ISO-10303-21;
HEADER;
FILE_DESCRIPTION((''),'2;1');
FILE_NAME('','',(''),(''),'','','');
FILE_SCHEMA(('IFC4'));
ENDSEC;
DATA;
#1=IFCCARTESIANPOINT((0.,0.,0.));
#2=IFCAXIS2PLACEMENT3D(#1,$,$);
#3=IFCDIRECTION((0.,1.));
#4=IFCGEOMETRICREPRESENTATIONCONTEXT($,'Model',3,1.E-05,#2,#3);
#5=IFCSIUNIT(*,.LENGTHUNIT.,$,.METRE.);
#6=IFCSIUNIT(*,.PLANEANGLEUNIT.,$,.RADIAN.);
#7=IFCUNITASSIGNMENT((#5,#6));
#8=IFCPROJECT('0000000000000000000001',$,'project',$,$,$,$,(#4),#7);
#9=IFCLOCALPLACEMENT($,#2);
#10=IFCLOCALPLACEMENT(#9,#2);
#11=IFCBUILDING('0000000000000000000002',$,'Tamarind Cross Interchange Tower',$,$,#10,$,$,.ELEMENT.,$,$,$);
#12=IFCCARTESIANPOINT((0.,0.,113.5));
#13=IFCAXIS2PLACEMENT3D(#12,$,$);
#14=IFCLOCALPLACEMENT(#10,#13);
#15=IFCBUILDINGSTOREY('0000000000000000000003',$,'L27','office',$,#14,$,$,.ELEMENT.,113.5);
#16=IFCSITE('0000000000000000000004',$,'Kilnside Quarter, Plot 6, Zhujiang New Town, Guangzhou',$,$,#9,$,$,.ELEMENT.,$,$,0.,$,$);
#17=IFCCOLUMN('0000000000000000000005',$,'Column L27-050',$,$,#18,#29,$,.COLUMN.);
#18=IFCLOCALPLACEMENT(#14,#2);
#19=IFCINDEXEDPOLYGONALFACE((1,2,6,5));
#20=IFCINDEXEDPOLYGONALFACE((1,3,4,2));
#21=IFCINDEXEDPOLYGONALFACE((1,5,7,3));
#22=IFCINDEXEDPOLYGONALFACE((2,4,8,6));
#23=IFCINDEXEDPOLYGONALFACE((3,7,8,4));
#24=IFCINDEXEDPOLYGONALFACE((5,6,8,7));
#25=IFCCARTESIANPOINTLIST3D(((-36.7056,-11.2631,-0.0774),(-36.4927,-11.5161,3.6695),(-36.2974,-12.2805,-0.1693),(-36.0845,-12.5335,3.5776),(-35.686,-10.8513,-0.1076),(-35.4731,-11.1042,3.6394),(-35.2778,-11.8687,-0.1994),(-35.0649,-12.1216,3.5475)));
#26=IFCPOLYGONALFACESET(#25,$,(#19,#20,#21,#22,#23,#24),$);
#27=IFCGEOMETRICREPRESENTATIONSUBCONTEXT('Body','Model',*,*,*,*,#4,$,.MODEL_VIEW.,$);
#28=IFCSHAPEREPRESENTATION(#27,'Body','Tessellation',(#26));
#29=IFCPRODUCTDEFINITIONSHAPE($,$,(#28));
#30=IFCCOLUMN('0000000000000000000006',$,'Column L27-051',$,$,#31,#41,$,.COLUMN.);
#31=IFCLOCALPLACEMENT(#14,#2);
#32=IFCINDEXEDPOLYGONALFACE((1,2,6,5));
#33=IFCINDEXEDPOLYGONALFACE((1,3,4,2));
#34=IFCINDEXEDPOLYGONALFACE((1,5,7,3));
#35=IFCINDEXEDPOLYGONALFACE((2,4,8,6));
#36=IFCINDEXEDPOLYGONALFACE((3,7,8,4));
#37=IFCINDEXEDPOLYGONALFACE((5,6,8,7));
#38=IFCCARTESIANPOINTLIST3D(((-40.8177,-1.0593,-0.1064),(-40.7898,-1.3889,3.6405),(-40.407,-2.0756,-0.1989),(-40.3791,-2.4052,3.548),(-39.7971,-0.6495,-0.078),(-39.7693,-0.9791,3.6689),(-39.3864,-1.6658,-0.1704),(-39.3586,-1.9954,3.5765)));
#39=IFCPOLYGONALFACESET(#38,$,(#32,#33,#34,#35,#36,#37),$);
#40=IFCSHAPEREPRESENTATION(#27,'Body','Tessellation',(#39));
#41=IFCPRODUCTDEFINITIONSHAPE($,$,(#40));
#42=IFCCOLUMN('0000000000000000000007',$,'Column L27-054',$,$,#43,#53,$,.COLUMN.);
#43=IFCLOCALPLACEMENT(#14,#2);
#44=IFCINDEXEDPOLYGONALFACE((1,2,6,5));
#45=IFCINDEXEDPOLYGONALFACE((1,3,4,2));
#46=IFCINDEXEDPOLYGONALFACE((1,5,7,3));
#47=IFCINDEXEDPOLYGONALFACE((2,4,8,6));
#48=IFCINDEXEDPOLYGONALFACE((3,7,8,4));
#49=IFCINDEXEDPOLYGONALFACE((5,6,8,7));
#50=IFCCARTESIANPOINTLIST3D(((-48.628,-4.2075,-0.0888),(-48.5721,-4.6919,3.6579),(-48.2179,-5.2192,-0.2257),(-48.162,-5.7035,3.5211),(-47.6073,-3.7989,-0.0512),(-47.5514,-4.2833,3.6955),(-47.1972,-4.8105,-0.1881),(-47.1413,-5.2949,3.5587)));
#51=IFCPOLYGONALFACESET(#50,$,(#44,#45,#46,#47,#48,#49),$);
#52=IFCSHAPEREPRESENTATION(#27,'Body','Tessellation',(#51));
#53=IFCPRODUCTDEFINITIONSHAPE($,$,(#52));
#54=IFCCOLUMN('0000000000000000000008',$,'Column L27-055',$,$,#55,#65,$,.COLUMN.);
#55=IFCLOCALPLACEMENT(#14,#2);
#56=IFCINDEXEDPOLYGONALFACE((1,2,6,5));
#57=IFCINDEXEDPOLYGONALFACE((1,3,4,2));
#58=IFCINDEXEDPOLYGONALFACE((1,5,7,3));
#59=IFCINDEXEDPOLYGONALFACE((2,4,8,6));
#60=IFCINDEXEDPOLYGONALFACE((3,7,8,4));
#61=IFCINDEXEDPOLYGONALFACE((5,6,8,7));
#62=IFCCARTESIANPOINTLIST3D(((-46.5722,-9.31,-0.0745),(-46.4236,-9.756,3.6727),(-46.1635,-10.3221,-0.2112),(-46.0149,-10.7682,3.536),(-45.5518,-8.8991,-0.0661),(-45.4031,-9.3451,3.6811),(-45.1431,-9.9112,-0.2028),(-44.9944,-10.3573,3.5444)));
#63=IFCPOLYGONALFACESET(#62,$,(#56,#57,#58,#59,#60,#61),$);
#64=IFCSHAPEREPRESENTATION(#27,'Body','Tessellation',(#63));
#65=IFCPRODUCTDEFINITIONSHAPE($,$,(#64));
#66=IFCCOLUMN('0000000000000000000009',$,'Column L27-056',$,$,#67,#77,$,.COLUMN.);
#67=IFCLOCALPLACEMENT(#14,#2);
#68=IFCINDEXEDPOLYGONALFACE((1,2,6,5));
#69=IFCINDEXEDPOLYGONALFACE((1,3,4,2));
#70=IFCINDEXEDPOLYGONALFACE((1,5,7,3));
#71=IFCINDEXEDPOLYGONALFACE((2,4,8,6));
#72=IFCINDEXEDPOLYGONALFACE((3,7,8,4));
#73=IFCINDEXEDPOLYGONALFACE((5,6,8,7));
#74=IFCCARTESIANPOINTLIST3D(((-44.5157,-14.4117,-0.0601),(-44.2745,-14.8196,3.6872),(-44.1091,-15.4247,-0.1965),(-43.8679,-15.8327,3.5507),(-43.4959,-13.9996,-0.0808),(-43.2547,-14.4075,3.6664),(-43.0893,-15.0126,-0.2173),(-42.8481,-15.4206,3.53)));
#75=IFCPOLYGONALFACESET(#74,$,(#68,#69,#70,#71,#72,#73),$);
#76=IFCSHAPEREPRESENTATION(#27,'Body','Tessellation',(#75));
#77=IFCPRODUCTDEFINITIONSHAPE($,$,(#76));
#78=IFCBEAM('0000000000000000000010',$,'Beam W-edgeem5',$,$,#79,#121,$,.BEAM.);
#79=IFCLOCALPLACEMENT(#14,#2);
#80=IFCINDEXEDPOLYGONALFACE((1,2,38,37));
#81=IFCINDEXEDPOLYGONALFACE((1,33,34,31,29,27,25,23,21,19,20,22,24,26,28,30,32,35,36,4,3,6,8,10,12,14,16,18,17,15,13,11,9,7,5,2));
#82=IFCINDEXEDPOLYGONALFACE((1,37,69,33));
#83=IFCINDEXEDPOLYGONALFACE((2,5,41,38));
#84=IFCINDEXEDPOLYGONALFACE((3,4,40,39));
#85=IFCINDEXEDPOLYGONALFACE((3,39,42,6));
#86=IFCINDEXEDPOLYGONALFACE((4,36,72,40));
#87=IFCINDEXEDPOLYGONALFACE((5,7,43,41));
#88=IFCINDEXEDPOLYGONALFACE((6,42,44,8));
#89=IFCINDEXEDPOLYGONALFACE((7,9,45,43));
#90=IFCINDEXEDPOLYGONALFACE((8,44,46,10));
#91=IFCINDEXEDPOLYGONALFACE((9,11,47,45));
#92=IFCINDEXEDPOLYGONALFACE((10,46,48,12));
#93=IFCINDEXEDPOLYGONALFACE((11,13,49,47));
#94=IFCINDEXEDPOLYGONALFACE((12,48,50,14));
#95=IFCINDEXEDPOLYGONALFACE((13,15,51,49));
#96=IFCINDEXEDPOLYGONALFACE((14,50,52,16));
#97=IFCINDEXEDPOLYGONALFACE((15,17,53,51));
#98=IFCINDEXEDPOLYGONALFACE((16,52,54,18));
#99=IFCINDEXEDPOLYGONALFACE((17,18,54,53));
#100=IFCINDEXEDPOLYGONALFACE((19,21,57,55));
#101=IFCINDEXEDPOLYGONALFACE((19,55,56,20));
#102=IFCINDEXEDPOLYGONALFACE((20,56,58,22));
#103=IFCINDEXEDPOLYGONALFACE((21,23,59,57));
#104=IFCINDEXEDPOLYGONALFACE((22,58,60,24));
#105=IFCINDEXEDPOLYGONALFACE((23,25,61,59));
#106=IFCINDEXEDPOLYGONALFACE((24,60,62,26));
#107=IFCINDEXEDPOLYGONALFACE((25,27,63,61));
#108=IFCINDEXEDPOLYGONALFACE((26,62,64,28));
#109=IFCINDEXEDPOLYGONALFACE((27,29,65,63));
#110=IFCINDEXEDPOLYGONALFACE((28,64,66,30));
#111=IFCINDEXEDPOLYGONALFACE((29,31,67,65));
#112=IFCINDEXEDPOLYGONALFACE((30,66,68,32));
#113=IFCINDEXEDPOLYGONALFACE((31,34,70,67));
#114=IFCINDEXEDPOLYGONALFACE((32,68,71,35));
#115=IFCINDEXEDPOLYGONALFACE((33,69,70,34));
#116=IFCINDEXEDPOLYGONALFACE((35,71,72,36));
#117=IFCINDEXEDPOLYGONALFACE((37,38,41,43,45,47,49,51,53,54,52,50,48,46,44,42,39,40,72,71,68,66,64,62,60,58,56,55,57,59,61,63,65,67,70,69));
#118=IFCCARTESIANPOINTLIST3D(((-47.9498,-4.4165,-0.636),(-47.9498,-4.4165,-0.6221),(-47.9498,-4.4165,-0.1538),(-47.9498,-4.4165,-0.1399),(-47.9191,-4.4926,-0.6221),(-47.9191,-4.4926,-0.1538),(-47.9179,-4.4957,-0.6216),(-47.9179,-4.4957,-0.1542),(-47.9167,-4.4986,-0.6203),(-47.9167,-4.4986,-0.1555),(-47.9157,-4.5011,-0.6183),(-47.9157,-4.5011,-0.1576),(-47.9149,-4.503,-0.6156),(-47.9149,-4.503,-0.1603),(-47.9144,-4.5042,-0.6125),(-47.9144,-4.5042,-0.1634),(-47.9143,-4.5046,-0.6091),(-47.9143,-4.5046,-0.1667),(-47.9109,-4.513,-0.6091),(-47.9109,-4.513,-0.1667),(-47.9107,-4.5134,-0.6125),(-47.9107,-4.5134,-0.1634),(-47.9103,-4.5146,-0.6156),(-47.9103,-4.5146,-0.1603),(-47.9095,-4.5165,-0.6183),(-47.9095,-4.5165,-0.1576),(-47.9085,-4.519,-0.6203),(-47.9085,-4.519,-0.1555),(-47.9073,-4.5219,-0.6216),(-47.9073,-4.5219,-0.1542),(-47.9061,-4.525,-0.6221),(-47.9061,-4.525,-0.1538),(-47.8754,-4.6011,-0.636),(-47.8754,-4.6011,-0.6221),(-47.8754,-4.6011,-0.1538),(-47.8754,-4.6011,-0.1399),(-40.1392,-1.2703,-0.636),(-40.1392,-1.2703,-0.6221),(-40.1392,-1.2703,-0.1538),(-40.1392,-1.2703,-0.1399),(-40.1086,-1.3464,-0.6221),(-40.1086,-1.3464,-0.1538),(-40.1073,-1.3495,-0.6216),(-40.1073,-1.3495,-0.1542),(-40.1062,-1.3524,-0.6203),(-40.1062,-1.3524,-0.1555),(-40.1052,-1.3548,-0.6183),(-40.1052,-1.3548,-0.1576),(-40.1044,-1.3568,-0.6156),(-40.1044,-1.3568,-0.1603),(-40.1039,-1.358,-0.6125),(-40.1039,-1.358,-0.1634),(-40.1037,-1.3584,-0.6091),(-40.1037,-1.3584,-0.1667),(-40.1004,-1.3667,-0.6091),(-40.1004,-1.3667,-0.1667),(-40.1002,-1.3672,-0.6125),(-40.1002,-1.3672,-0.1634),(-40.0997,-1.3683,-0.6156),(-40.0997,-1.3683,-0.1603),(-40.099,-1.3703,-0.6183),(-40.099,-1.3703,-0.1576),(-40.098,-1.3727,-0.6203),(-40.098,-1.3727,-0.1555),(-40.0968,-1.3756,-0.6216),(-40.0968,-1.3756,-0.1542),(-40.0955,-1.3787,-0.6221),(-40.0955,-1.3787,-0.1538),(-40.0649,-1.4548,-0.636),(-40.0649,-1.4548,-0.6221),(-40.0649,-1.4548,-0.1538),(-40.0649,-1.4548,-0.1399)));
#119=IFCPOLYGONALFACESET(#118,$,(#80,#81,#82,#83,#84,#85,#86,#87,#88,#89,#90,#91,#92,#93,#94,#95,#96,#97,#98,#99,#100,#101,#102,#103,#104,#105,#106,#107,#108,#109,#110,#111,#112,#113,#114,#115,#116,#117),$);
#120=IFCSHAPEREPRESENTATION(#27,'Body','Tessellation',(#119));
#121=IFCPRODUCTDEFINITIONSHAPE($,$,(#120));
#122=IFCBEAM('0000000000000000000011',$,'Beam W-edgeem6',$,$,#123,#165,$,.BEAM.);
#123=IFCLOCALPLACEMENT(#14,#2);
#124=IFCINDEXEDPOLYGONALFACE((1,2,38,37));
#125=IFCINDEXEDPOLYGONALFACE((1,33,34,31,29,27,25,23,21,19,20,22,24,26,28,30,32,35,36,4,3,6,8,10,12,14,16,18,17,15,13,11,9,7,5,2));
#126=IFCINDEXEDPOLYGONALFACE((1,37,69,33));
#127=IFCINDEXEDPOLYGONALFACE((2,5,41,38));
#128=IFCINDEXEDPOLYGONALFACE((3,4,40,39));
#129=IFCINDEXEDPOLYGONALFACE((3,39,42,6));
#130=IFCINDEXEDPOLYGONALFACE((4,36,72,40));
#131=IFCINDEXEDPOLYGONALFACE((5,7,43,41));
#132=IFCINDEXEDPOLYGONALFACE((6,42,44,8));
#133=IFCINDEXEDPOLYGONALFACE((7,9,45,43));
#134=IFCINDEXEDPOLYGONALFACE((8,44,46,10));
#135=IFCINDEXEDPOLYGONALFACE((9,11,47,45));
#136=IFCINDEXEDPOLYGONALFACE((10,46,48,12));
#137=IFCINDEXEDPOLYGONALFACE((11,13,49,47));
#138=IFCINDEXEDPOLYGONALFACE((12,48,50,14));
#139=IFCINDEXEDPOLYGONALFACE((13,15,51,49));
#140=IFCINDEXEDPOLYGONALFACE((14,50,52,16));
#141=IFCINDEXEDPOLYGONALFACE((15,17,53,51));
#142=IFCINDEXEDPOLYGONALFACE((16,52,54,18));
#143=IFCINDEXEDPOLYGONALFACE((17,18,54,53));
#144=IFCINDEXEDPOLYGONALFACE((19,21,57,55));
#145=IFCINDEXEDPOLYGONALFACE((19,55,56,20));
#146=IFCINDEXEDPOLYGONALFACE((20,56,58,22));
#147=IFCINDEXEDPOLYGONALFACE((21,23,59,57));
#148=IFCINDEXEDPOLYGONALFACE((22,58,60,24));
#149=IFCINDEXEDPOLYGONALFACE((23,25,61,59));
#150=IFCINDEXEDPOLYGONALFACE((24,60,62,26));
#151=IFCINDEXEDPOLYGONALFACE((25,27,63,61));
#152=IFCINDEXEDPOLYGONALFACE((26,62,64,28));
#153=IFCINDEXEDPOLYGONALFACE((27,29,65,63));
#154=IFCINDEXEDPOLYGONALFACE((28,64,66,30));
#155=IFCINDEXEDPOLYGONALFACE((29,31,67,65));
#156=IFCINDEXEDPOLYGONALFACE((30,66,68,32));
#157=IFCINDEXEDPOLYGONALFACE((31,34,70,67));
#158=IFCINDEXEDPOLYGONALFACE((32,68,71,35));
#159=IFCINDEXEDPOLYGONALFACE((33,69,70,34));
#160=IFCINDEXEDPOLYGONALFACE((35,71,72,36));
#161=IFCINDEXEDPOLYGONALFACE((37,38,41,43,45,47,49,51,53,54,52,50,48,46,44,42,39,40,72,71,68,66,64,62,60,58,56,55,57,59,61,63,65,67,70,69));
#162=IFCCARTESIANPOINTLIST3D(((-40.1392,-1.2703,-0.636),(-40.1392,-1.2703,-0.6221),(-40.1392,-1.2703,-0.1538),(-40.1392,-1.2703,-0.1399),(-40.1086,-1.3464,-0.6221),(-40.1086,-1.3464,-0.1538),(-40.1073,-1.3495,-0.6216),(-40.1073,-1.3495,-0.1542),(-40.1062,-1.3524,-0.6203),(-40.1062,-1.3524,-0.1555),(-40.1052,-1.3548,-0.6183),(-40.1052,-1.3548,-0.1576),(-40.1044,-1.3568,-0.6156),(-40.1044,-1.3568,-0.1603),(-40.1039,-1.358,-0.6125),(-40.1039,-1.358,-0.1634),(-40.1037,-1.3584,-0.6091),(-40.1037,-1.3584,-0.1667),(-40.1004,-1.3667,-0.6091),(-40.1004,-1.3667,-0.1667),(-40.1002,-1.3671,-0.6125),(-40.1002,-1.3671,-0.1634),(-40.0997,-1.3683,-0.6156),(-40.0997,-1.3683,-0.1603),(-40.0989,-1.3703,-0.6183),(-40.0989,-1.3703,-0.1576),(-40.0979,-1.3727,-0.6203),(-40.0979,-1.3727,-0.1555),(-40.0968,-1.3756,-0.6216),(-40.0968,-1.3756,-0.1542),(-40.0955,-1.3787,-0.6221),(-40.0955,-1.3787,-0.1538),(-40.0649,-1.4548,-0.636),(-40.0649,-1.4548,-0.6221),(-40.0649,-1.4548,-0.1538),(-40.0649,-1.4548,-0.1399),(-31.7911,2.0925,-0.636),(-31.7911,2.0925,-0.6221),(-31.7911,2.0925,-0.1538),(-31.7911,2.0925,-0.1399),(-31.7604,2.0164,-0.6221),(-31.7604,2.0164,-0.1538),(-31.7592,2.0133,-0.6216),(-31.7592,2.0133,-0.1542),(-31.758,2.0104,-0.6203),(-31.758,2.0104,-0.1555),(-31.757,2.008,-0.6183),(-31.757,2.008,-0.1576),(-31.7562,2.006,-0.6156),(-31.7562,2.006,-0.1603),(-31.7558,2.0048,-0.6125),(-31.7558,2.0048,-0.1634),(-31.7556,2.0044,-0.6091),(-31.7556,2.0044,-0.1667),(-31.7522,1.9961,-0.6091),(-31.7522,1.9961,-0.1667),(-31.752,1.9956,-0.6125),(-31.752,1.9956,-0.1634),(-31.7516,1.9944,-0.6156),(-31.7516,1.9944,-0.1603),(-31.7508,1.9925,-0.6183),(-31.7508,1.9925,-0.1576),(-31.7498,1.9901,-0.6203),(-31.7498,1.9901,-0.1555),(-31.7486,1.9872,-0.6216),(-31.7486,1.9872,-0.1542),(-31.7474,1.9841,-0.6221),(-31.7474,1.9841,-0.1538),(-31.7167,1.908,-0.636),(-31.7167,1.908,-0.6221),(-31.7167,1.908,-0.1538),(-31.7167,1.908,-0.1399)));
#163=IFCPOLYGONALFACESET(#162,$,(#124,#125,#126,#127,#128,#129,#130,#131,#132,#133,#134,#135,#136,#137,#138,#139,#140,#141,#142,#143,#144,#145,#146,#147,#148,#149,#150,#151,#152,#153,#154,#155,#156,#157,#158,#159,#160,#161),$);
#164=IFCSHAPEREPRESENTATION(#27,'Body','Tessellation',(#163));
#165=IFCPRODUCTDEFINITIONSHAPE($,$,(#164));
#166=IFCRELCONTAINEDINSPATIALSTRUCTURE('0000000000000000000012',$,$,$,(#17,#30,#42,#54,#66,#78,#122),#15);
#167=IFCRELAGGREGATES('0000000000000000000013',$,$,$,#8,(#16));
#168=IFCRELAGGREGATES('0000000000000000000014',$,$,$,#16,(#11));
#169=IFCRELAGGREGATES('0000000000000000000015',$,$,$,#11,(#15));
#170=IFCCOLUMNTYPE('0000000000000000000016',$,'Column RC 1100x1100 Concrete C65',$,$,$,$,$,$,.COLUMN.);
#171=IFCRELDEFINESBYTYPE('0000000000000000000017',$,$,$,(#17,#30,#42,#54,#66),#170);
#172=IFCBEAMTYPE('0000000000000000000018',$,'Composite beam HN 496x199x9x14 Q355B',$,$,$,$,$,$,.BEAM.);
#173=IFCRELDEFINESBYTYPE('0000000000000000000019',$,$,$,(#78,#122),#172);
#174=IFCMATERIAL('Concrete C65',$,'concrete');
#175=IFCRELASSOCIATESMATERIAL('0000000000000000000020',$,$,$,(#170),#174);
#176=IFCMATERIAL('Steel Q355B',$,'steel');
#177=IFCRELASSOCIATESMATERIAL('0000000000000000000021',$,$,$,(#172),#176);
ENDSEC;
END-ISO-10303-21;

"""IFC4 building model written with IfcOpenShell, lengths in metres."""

from ifc_helpers import new_model, si_unit, direction, frame, origin, origin_2d, place, context, subcontext, project, spatial, rectangle, i_section, extrude, material, material_profile, profile_set, type_object, element, save


model = new_model("IFC4")

# Units and contexts
model_context = context("Model", 3, precision=1e-05, world=origin(), true_north=direction((0.0, 1.0)))
body_context = subcontext(model_context, "Body", "Model", "MODEL_VIEW")
ifc_project = project(units=[si_unit("LENGTHUNIT", "METRE"), si_unit("PLANEANGLEUNIT", "RADIAN")], contexts=[model_context])

# Site, building, storey
site_placement = place(None, origin())
site = spatial("IfcSite", under=ifc_project, at=site_placement, Name="Kilnside Quarter, Plot 6, Zhujiang New Town, Guangzhou", CompositionType="ELEMENT", RefElevation=0.0)
building_placement = place(site_placement, origin())
building = spatial("IfcBuilding", under=site, at=building_placement, Name="Tamarind Cross Interchange Tower", CompositionType="ELEMENT")
storey_placement = place(building_placement, frame((0.0, 0.0, 113.5)))
storey = spatial("IfcBuildingStorey", under=building, at=storey_placement, Name="L27", Description="office", CompositionType="ELEMENT", Elevation=113.5)

# Columns
ifc_material_1 = material(Name="Concrete C65", Category="concrete")
ifc_material_profile_1 = material_profile(ifc_material_1, rectangle(XDim=1.1001, YDim=1.1001, at=origin_2d()), Name="RC 1100x1100")
ifc_profile_set_1 = profile_set([ifc_material_profile_1], Name="Concrete C65")
column_type = type_object("IfcColumnType", Name="Column RC 1100x1100 Concrete C65", PredefinedType="COLUMN", material=ifc_profile_set_1)
for number, where, z_axis, x_axis, name in (
    (1, (-35.9917, -11.5659, -0.1384), (0.056599, -0.067244, 0.99613), (-0.37108, 0.924838, 0.083516), "Column L27-050"),
    (2, (-40.1021, -1.3625, -0.1384), (0.007399, -0.087624, 0.996126), (0.927666, 0.372514, 0.025877), "Column L27-051"),
):
    element("IfcColumn", number, at=place(storey_placement, frame(where, z_axis=z_axis, x_axis=x_axis)), inside=storey, type_object=column_type, Name=name, PredefinedType="COLUMN", context=body_context, shape_type="SweptSolid", body=[
        extrude(rectangle(XDim=1.1001, YDim=1.1001, at=origin_2d()), origin(), (0.0, 0.0, 1.0), 3.7615),
    ])
column_1_placement = place(storey_placement, frame((-47.9126, -4.509, -0.1384), z_axis=(0.014797, -0.128195, 0.991639), x_axis=(0.927823, 0.371452, 0.034175)))
element("IfcColumn", 3, at=column_1_placement, inside=storey, type_object=column_type, Name="Column L27-054", PredefinedType="COLUMN", context=body_context, shape_type="SweptSolid", body=[
    extrude(rectangle(XDim=1.1001, YDim=1.1001, at=origin_2d()), origin(), (0.0, 0.0, 1.0), 3.7783),
])
column_2_placement = place(storey_placement, frame((-45.8577, -9.6106, -0.1387), z_axis=(0.039368, -0.118105, 0.99222), x_axis=(0.927593, 0.373513, 0.007655)))
element("IfcColumn", 4, at=column_2_placement, inside=storey, type_object=column_type, Name="Column L27-055", PredefinedType="COLUMN", context=body_context, shape_type="SweptSolid", body=[
    extrude(rectangle(XDim=1.1001, YDim=1.1001, at=origin_2d()), origin(), (0.0, 0.0, 1.0), 3.7766),
])
column_3_placement = place(storey_placement, frame((-43.8025, -14.7122, -0.1387), z_axis=(0.06386, -0.108007, 0.992097), x_axis=(-0.36962, 0.920866, 0.124044)))
element("IfcColumn", 5, at=column_3_placement, inside=storey, type_object=column_type, Name="Column L27-056", PredefinedType="COLUMN", context=body_context, shape_type="SweptSolid", body=[
    extrude(rectangle(XDim=1.1001, YDim=1.1001, at=origin_2d()), origin(), (0.0, 0.0, 1.0), 3.7771),
])

# Beams
ifc_material_2 = material(Name="Steel Q355B", Category="steel")
ifc_material_profile_2 = material_profile(ifc_material_2, i_section(OverallWidth=0.199, OverallDepth=0.4961, WebThickness=0.009, FlangeThickness=0.0139, FilletRadius=0.0129, at=origin_2d()), Name="HN 496x199x9x14")
ifc_profile_set_2 = profile_set([ifc_material_profile_2], Name="Steel Q355B")
beam_type_1 = type_object("IfcBeamType", Name="Composite beam HN 496x199x9x14 Q355B", PredefinedType="BEAM", material=ifc_profile_set_2)
beam_1_placement = place(storey_placement, frame((-47.9126, -4.5088, -0.3879), z_axis=(0.927572, 0.373644, 0.0), x_axis=(-0.373644, 0.927572, 0.0)))
element("IfcBeam", 6, at=beam_1_placement, inside=storey, type_object=beam_type_1, Name="Beam W-edgeem5", PredefinedType="BEAM", context=body_context, shape_type="SweptSolid", body=[
    extrude(i_section(OverallWidth=0.199, OverallDepth=0.4961, WebThickness=0.009, FlangeThickness=0.0139, FilletRadius=0.0129, at=origin_2d()), origin(), (0.0, 0.0, 1.0), 8.4204),
])
beam_2_placement = place(storey_placement, frame((-40.1021, -1.3625, -0.3879), z_axis=(0.927572, 0.373644, 0.0), x_axis=(-0.373644, 0.927572, 0.0)))
element("IfcBeam", 7, at=beam_2_placement, inside=storey, type_object=beam_type_1, Name="Beam W-edgeem6", PredefinedType="BEAM", context=body_context, shape_type="SweptSolid", body=[
    extrude(i_section(OverallWidth=0.199, OverallDepth=0.4961, WebThickness=0.009, FlangeThickness=0.0139, FilletRadius=0.0129, at=origin_2d()), origin(), (0.0, 0.0, 1.0), 9.0),
])

save(model, "model.ifc")
